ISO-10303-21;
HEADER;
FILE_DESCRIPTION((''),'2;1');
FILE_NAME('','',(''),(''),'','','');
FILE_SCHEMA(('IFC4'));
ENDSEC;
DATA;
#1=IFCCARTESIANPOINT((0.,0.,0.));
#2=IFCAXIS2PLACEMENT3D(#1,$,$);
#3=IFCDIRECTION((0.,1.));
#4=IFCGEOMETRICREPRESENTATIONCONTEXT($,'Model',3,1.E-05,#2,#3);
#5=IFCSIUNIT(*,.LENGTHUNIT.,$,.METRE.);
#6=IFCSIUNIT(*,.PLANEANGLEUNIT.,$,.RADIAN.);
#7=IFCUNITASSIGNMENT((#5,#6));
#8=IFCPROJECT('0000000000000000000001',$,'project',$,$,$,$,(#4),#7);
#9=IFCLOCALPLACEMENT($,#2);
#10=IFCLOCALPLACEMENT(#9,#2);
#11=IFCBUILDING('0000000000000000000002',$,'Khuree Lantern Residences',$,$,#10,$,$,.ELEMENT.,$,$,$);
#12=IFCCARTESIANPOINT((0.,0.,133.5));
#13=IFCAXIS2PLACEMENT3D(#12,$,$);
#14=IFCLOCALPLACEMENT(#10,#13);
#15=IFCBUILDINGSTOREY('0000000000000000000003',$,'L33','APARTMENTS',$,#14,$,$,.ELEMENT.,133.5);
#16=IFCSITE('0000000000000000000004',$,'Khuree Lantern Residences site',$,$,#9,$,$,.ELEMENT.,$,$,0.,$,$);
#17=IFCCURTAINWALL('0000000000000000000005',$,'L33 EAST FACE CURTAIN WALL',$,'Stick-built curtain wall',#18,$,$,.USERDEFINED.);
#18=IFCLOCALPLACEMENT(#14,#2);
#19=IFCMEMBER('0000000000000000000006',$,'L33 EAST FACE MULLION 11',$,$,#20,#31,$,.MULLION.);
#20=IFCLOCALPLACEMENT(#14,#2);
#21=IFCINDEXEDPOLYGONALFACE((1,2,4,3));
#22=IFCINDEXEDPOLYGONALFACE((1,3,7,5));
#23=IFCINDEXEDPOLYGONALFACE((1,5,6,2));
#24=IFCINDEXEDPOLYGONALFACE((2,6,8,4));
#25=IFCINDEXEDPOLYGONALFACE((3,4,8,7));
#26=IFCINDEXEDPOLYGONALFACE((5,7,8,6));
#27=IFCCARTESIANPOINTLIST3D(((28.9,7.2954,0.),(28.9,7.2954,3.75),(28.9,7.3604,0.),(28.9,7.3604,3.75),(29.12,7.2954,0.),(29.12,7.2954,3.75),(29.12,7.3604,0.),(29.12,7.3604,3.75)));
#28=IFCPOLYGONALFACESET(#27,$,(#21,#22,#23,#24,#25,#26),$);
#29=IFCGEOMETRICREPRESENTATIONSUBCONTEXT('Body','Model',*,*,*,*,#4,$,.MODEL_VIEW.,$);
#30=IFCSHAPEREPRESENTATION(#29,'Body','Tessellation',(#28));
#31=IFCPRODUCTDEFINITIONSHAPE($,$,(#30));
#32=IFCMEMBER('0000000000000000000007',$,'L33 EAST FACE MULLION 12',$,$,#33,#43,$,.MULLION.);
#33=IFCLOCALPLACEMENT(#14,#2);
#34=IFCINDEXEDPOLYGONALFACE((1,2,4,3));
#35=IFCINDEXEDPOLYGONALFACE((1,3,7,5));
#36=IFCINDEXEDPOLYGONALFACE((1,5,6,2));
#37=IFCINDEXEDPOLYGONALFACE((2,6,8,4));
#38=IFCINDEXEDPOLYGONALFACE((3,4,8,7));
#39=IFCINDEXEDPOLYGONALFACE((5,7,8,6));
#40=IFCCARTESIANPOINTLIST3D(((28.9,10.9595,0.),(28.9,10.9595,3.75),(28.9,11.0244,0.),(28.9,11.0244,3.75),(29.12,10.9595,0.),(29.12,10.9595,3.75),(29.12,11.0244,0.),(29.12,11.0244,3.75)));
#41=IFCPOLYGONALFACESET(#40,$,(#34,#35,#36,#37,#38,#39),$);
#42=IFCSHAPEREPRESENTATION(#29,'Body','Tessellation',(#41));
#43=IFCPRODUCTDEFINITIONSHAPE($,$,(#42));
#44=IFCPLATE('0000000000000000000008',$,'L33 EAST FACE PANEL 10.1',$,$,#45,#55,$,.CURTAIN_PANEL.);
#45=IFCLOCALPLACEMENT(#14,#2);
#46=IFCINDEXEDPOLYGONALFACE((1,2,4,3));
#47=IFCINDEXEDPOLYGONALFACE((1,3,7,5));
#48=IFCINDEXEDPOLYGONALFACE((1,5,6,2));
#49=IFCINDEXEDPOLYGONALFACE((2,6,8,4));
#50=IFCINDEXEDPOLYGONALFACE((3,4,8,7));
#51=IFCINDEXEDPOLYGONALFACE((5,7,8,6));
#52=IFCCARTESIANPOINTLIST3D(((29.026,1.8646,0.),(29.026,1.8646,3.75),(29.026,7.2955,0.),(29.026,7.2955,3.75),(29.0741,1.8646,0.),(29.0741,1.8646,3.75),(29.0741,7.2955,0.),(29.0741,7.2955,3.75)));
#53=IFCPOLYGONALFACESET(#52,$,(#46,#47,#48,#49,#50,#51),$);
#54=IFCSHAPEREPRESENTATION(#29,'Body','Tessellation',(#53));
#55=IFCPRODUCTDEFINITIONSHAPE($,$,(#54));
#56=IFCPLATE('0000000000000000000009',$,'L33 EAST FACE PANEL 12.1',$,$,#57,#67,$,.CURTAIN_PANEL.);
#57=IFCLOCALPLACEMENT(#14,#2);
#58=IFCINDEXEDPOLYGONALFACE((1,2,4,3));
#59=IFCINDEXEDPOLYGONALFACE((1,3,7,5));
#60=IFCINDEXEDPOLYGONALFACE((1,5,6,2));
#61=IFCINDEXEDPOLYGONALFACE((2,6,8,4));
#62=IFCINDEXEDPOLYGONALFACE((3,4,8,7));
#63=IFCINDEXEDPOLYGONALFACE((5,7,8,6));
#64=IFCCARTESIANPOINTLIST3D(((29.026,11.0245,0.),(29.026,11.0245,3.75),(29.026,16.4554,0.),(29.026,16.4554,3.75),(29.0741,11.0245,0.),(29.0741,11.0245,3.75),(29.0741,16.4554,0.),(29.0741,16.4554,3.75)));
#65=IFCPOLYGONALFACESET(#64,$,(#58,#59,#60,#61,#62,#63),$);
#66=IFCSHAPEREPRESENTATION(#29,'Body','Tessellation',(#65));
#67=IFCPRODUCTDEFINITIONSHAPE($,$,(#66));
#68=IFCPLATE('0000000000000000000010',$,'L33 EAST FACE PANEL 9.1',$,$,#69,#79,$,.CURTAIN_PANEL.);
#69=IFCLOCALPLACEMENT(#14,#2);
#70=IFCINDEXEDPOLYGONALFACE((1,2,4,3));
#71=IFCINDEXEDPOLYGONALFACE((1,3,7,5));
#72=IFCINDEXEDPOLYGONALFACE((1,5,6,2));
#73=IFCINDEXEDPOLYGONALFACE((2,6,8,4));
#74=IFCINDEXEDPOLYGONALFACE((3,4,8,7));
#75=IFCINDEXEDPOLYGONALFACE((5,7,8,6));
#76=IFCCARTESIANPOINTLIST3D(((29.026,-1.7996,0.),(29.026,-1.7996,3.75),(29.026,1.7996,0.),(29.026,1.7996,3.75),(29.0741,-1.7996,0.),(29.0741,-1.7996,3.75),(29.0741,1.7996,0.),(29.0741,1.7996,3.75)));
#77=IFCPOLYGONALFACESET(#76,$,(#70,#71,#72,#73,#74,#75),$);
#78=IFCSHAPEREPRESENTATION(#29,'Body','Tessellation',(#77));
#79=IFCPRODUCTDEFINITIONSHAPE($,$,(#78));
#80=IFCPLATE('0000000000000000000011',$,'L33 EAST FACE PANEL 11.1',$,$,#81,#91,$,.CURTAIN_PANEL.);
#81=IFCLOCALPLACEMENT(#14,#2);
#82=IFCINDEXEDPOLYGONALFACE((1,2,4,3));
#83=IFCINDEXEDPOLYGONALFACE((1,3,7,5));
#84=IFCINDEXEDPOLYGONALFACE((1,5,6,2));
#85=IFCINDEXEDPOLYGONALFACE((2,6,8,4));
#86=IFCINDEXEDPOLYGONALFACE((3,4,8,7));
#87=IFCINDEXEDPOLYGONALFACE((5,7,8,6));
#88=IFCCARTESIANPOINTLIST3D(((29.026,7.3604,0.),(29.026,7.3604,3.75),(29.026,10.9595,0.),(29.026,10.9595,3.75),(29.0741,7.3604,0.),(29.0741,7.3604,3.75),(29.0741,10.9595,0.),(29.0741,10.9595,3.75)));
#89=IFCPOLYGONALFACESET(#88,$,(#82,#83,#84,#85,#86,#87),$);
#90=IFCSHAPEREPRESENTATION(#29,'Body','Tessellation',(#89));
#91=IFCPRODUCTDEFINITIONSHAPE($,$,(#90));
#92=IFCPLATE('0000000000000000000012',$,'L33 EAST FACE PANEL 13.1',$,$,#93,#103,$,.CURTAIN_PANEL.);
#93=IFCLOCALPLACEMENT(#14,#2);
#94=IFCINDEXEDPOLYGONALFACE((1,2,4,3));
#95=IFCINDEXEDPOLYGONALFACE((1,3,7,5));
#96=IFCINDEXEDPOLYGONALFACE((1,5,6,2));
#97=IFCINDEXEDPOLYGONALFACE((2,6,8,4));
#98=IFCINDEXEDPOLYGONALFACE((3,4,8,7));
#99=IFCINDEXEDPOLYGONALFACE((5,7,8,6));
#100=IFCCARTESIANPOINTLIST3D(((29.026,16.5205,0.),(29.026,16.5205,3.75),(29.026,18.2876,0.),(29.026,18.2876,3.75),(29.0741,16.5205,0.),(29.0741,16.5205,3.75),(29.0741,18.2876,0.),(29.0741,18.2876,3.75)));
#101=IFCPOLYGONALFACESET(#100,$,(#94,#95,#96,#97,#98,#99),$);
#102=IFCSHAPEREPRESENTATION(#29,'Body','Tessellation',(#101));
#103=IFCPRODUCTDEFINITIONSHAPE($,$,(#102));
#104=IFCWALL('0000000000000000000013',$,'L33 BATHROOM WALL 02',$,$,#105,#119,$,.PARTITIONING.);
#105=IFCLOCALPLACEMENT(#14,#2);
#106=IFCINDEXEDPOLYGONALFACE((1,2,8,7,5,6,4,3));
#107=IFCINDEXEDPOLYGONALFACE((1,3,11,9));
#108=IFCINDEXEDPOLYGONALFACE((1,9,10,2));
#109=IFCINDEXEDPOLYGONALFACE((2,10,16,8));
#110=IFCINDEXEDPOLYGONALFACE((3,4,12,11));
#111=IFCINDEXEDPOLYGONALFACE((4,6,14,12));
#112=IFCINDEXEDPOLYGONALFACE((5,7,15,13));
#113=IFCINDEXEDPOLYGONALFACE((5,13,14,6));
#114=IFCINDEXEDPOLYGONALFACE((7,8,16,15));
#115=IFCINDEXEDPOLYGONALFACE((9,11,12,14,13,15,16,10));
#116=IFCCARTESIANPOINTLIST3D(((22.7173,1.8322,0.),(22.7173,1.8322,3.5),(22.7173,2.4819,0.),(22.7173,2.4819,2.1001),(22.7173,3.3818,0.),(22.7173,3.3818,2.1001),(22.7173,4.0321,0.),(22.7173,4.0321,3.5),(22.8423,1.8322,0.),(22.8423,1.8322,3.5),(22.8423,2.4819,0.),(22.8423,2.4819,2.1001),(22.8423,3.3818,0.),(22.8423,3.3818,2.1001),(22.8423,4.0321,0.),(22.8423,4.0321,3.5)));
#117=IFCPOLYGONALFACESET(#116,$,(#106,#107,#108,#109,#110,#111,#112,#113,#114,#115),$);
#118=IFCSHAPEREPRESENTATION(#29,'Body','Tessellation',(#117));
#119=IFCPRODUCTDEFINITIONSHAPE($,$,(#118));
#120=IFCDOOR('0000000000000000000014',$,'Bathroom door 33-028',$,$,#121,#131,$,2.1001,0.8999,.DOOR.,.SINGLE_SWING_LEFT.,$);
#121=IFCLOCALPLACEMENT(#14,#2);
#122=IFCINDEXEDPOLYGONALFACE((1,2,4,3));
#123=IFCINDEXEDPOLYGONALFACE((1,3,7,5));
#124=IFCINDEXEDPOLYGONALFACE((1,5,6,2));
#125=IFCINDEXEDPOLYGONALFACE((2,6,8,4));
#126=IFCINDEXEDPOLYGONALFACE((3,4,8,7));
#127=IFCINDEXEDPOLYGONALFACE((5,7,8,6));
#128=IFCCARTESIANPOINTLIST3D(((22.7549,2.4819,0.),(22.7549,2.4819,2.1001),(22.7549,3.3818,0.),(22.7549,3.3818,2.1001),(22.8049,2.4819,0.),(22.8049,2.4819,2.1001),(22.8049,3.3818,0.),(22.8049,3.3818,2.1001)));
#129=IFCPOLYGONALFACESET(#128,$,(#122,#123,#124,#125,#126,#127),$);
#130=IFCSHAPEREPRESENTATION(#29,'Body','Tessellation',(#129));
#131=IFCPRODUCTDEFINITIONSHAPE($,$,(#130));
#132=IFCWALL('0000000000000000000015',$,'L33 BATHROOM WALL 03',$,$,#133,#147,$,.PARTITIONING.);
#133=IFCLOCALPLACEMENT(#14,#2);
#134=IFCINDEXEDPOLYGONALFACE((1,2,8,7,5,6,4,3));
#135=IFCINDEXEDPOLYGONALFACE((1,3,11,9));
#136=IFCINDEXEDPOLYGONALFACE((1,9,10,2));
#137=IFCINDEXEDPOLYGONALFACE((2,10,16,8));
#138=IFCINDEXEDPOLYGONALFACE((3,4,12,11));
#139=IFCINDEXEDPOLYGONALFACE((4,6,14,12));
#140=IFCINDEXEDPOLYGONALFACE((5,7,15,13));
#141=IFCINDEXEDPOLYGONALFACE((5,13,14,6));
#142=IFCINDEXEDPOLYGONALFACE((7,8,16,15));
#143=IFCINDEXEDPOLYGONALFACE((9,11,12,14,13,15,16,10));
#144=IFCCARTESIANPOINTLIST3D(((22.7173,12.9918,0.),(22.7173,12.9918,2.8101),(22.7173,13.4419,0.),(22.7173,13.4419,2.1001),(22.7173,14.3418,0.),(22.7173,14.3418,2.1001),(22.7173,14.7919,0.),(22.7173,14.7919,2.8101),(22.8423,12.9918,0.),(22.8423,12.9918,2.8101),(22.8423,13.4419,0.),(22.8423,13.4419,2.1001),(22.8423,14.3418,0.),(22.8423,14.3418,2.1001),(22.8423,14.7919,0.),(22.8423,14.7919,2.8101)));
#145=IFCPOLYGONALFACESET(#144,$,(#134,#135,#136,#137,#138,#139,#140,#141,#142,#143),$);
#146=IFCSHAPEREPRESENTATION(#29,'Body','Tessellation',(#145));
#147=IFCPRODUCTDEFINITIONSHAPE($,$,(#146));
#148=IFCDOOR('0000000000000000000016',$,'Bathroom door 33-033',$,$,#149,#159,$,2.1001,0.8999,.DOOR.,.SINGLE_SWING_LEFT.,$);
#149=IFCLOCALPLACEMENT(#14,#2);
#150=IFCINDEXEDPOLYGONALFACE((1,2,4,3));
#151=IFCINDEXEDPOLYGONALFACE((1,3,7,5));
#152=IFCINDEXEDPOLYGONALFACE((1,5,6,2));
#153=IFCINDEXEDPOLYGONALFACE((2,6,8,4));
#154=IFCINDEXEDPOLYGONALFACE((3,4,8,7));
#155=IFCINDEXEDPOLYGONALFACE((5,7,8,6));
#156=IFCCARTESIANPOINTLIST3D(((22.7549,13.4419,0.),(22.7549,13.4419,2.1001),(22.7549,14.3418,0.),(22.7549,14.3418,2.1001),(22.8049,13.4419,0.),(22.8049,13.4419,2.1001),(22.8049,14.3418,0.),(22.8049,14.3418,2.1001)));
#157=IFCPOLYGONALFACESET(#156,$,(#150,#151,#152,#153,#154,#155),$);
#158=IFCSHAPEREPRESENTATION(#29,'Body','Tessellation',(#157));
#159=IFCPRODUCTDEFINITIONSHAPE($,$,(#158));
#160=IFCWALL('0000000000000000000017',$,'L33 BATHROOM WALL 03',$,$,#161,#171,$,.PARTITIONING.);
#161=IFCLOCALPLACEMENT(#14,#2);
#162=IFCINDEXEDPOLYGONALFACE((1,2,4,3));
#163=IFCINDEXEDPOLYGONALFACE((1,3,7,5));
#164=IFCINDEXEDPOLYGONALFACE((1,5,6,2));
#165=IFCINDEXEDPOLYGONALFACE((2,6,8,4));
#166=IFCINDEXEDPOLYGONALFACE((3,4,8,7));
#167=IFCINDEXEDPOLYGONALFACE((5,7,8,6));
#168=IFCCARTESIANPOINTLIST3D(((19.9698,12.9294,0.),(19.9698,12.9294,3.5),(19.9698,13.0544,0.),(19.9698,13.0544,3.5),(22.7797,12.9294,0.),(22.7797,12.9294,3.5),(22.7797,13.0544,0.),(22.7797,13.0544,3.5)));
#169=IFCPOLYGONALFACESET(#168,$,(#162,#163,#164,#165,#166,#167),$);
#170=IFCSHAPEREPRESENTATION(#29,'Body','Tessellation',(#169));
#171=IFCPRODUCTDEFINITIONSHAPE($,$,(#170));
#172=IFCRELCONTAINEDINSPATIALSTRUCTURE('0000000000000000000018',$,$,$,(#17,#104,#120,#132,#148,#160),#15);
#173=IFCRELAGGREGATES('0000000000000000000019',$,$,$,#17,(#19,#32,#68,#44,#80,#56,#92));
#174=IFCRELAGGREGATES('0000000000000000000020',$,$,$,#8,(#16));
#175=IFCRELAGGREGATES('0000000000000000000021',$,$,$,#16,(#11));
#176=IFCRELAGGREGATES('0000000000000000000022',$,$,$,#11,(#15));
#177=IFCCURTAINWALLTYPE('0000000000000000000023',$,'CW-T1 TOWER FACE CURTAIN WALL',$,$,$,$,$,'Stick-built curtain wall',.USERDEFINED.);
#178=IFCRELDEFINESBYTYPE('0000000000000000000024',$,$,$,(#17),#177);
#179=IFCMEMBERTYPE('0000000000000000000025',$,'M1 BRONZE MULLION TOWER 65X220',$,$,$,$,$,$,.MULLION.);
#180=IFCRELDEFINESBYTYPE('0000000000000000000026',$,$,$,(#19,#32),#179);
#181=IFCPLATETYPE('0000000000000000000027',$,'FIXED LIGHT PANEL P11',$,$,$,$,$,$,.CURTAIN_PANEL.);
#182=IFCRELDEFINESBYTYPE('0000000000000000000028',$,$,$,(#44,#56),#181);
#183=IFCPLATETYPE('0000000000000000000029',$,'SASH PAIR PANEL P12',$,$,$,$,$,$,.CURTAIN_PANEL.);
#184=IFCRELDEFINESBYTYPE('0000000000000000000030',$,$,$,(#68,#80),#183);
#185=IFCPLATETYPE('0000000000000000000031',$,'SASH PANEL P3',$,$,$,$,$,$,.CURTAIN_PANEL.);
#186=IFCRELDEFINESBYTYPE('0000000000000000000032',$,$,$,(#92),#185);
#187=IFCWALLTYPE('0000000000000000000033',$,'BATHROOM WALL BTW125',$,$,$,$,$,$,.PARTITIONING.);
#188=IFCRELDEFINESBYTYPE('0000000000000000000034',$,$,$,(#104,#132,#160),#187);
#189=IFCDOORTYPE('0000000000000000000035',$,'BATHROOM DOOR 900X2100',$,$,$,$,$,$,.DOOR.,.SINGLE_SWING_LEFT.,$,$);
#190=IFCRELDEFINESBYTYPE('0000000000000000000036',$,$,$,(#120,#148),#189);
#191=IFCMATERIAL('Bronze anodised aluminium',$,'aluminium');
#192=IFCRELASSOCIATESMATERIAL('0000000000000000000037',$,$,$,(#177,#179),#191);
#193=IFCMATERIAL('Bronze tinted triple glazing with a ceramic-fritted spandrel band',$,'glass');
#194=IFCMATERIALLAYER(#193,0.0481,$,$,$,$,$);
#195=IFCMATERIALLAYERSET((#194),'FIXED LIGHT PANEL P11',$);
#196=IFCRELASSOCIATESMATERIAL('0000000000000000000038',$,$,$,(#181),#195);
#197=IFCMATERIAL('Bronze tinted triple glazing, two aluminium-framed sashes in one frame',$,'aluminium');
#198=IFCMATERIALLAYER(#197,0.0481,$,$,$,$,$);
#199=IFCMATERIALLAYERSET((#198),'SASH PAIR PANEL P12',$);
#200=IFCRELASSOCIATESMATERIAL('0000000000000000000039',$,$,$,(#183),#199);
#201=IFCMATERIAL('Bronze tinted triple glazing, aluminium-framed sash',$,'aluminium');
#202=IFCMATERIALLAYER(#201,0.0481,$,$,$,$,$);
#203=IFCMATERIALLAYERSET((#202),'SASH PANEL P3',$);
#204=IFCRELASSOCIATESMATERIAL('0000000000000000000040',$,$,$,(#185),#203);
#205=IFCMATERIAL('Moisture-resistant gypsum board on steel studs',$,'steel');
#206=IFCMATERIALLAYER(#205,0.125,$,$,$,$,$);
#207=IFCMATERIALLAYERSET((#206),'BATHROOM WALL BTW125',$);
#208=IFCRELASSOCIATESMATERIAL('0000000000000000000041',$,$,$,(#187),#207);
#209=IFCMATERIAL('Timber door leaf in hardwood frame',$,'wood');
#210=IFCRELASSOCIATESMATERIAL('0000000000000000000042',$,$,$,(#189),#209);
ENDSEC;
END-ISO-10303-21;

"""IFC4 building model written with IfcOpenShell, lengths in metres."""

from ifc_helpers import new_model, si_unit, direction, frame, frame_2d, origin, origin_2d, place, context, subcontext, project, spatial, rectangle, extrude, material, layer, layer_set, material_profile, profile_set, type_object, element, fill, aggregate, save


model = new_model("IFC4")

# Units and contexts
model_context = context("Model", 3, precision=1e-05, world=origin(), true_north=direction((0.0, 1.0)))
body_context = subcontext(model_context, "Body", "Model", "MODEL_VIEW")
ifc_project = project(units=[si_unit("LENGTHUNIT", "METRE"), si_unit("PLANEANGLEUNIT", "RADIAN")], contexts=[model_context])

# Site, building, storey
site_placement = place(None, origin())
site = spatial("IfcSite", under=ifc_project, at=site_placement, Name="Khuree Lantern Residences site", CompositionType="ELEMENT", RefElevation=0.0)
building_placement = place(site_placement, origin())
building = spatial("IfcBuilding", under=site, at=building_placement, Name="Khuree Lantern Residences", CompositionType="ELEMENT")
storey_placement = place(building_placement, frame((0.0, 0.0, 133.5)))
storey = spatial("IfcBuildingStorey", under=building, at=storey_placement, Name="L33", Description="APARTMENTS", CompositionType="ELEMENT", Elevation=133.5)

# Curtain wall
ifc_material_1 = material(Name="Bronze anodised aluminium", Category="aluminium")
curtain_wall_type = type_object("IfcCurtainWallType", Name="CW-T1 TOWER FACE CURTAIN WALL", ElementType="Stick-built curtain wall", PredefinedType="USERDEFINED", material=ifc_material_1)
curtain_wall_placement = place(storey_placement, origin())
curtain_wall = element("IfcCurtainWall", 1, at=curtain_wall_placement, inside=storey, type_object=curtain_wall_type, Name="L33 EAST FACE CURTAIN WALL", ObjectType="Stick-built curtain wall", PredefinedType="USERDEFINED")

# Members
ifc_material_profile_1 = material_profile(ifc_material_1, rectangle(XDim=0.0649, YDim=0.22, at=origin_2d()), Name="M1 65X220")
ifc_profile_set_1 = profile_set([ifc_material_profile_1], Name="Bronze anodised aluminium")
member_type_1 = type_object("IfcMemberType", Name="M1 BRONZE MULLION TOWER 65X220", PredefinedType="MULLION", material=ifc_profile_set_1)
member_1_placement = place(storey_placement, frame((29.01, 7.3279, 0.0), z_axis=(0.0, 0.0, 1.0), x_axis=(0.0, 1.0, 0.0)))
member_1 = element("IfcMember", 2, at=member_1_placement, type_object=member_type_1, Name="L33 EAST FACE MULLION 11", PredefinedType="MULLION", context=body_context, shape_type="SweptSolid", body=[
    extrude(rectangle(XDim=0.0649, YDim=0.22, at=origin_2d()), origin(), (0.0, 0.0, 1.0), 3.75),
])
member_2_placement = place(storey_placement, frame((29.01, 10.9919, 0.0), z_axis=(0.0, 0.0, 1.0), x_axis=(0.0, 1.0, 0.0)))
member_2 = element("IfcMember", 3, at=member_2_placement, type_object=member_type_1, Name="L33 EAST FACE MULLION 12", PredefinedType="MULLION", context=body_context, shape_type="SweptSolid", body=[
    extrude(rectangle(XDim=0.0649, YDim=0.22, at=origin_2d()), origin(), (0.0, 0.0, 1.0), 3.75),
])

# Plates
ifc_material_2 = material(Name="Bronze tinted triple glazing with a ceramic-fritted spandrel band", Category="glass")
ifc_layer_1 = layer(ifc_material_2, 0.0481)
ifc_layer_set_1 = layer_set([ifc_layer_1], Name="FIXED LIGHT PANEL P11")
plate_type_1 = type_object("IfcPlateType", Name="FIXED LIGHT PANEL P11", PredefinedType="CURTAIN_PANEL", material=ifc_layer_set_1)
plate_1_placement = place(storey_placement, frame((29.05, 4.5801, 0.0), z_axis=(0.0, 0.0, 1.0), x_axis=(0.0, 1.0, 0.0)))
plate_1 = element("IfcPlate", 4, at=plate_1_placement, type_object=plate_type_1, Name="L33 EAST FACE PANEL 10.1", PredefinedType="CURTAIN_PANEL", context=body_context, shape_type="SweptSolid", body=[
    extrude(rectangle(XDim=5.4309, YDim=0.0481, at=origin_2d()), origin(), (0.0, 0.0, 1.0), 3.75),
])
plate_2_placement = place(storey_placement, frame((29.05, 13.74, 0.0), z_axis=(0.0, 0.0, 1.0), x_axis=(0.0, 1.0, 0.0)))
plate_2 = element("IfcPlate", 5, at=plate_2_placement, type_object=plate_type_1, Name="L33 EAST FACE PANEL 12.1", PredefinedType="CURTAIN_PANEL", context=body_context, shape_type="SweptSolid", body=[
    extrude(rectangle(XDim=5.4309, YDim=0.0481, at=origin_2d()), origin(), (0.0, 0.0, 1.0), 3.75),
])
ifc_material_3 = material(Name="Bronze tinted triple glazing, two aluminium-framed sashes in one frame", Category="aluminium")
ifc_layer_2 = layer(ifc_material_3, 0.0481)
ifc_layer_set_2 = layer_set([ifc_layer_2], Name="SASH PAIR PANEL P12")
plate_type_2 = type_object("IfcPlateType", Name="SASH PAIR PANEL P12", PredefinedType="CURTAIN_PANEL", material=ifc_layer_set_2)
plate_3_placement = place(storey_placement, frame((29.05, 0.0, 0.0), z_axis=(0.0, 0.0, 1.0), x_axis=(0.0, 1.0, 0.0)))
plate_3 = element("IfcPlate", 6, at=plate_3_placement, type_object=plate_type_2, Name="L33 EAST FACE PANEL 9.1", PredefinedType="CURTAIN_PANEL", context=body_context, shape_type="SweptSolid", body=[
    extrude(rectangle(XDim=3.5991, YDim=0.0481, at=origin_2d()), origin(), (0.0, 0.0, 1.0), 3.75),
])
plate_4_placement = place(storey_placement, frame((29.05, 9.1599, 0.0), z_axis=(0.0, 0.0, 1.0), x_axis=(0.0, 1.0, 0.0)))
plate_4 = element("IfcPlate", 7, at=plate_4_placement, type_object=plate_type_2, Name="L33 EAST FACE PANEL 11.1", PredefinedType="CURTAIN_PANEL", context=body_context, shape_type="SweptSolid", body=[
    extrude(rectangle(XDim=3.5991, YDim=0.0481, at=origin_2d()), origin(), (0.0, 0.0, 1.0), 3.75),
])
ifc_material_4 = material(Name="Bronze tinted triple glazing, aluminium-framed sash", Category="aluminium")
ifc_layer_3 = layer(ifc_material_4, 0.0481)
ifc_layer_set_3 = layer_set([ifc_layer_3], Name="SASH PANEL P3")
plate_type_3 = type_object("IfcPlateType", Name="SASH PANEL P3", PredefinedType="CURTAIN_PANEL", material=ifc_layer_set_3)
plate_5_placement = place(storey_placement, frame((29.05, 17.4041, 0.0), z_axis=(0.0, 0.0, 1.0), x_axis=(0.0, 1.0, 0.0)))
plate_5 = element("IfcPlate", 8, at=plate_5_placement, type_object=plate_type_3, Name="L33 EAST FACE PANEL 13.1", PredefinedType="CURTAIN_PANEL", context=body_context, shape_type="SweptSolid", body=[
    extrude(rectangle(XDim=1.7671, YDim=0.0481, at=origin_2d()), origin(), (0.0, 0.0, 1.0), 3.75),
])
aggregate(curtain_wall, [member_1, member_2, plate_3, plate_1, plate_4, plate_2, plate_5])

# Walls, openings, doors
ifc_material_5 = material(Name="Moisture-resistant gypsum board on steel studs", Category="steel")
ifc_layer_4 = layer(ifc_material_5, 0.125)
ifc_layer_set_4 = layer_set([ifc_layer_4], Name="BATHROOM WALL BTW125")
wall_type_1 = type_object("IfcWallType", Name="BATHROOM WALL BTW125", PredefinedType="PARTITIONING", material=ifc_layer_set_4)
wall_1_placement = place(storey_placement, frame((22.7798, 1.832, 0.0), z_axis=(0.0, 0.0, 1.0), x_axis=(0.0, 1.0, 0.0)))
wall_1 = element("IfcWall", 9, at=wall_1_placement, inside=storey, type_object=wall_type_1, Name="L33 BATHROOM WALL 02", PredefinedType="PARTITIONING", context=body_context, shape_type="SweptSolid", body=[
    extrude(rectangle(XDim=2.2, YDim=0.125, at=frame_2d((1.1001, 0.0))), origin(), (0.0, 0.0, 1.0), 3.5),
])
opening_1_placement = place(wall_1_placement, frame((0.6499, 0.0, 0.0)))
opening_1 = element("IfcOpeningElement", 10, at=opening_1_placement, cuts=wall_1, PredefinedType="OPENING", context=body_context, shape_type="SweptSolid", body=[
    extrude(rectangle(XDim=0.8999, YDim=2.1001, at=frame_2d((0.45, 1.05))), frame((0.0, 0.0725, 0.0), z_axis=(0.0, -1.0, 0.0), x_axis=(1.0, 0.0, 0.0)), (0.0, 0.0, 1.0), 0.145),
])
ifc_material_6 = material(Name="Timber door leaf in hardwood frame", Category="wood")
door_type_1 = type_object("IfcDoorType", Name="BATHROOM DOOR 900X2100", OperationType="SINGLE_SWING_LEFT", PredefinedType="DOOR", material=ifc_material_6)
door_1_placement = place(opening_1_placement, origin())
door_1 = element("IfcDoor", 11, at=door_1_placement, inside=storey, type_object=door_type_1, Name="Bathroom door 33-028", OperationType="SINGLE_SWING_LEFT", OverallHeight=2.1001, OverallWidth=0.8999, PredefinedType="DOOR", context=body_context, shape_type="SweptSolid", body=[
    extrude(rectangle(XDim=0.8999, YDim=2.1001, at=frame_2d((0.45, 1.05))), frame((0.0, 0.0249, 0.0), z_axis=(0.0, -1.0, 0.0), x_axis=(1.0, 0.0, 0.0)), (0.0, 0.0, 1.0), 0.05),
])
fill(opening_1, door_1)
wall_2_placement = place(storey_placement, frame((22.7798, 12.9919, 0.0), z_axis=(0.0, 0.0, 1.0), x_axis=(0.0, 1.0, 0.0)))
wall_2 = element("IfcWall", 12, at=wall_2_placement, inside=storey, type_object=wall_type_1, Name="L33 BATHROOM WALL 03", PredefinedType="PARTITIONING", context=body_context, shape_type="SweptSolid", body=[
    extrude(rectangle(XDim=1.8, YDim=0.125, at=frame_2d((0.8999, 0.0))), origin(), (0.0, 0.0, 1.0), 2.8101),
])
opening_2_placement = place(wall_2_placement, frame((0.45, 0.0, 0.0)))
opening_2 = element("IfcOpeningElement", 13, at=opening_2_placement, cuts=wall_2, PredefinedType="OPENING", context=body_context, shape_type="SweptSolid", body=[
    extrude(rectangle(XDim=0.8999, YDim=2.1001, at=frame_2d((0.45, 1.05))), frame((0.0, 0.0725, 0.0), z_axis=(0.0, -1.0, 0.0), x_axis=(1.0, 0.0, 0.0)), (0.0, 0.0, 1.0), 0.145),
])
door_2_placement = place(opening_2_placement, origin())
door_2 = element("IfcDoor", 14, at=door_2_placement, inside=storey, type_object=door_type_1, Name="Bathroom door 33-033", OperationType="SINGLE_SWING_LEFT", OverallHeight=2.1001, OverallWidth=0.8999, PredefinedType="DOOR", context=body_context, shape_type="SweptSolid", body=[
    extrude(rectangle(XDim=0.8999, YDim=2.1001, at=frame_2d((0.45, 1.05))), frame((0.0, 0.0249, 0.0), z_axis=(0.0, -1.0, 0.0), x_axis=(1.0, 0.0, 0.0)), (0.0, 0.0, 1.0), 0.05),
])
fill(opening_2, door_2)

# Wall
wall_3_placement = place(storey_placement, frame((19.97, 12.9919, 0.0), z_axis=(0.0, 0.0, 1.0), x_axis=(1.0, 0.0, 0.0)))
element("IfcWall", 15, at=wall_3_placement, inside=storey, type_object=wall_type_1, Name="L33 BATHROOM WALL 03", PredefinedType="PARTITIONING", context=body_context, shape_type="SweptSolid", body=[
    extrude(rectangle(XDim=2.8098, YDim=0.125, at=frame_2d((1.4048, 0.0))), origin(), (0.0, 0.0, 1.0), 3.5),
])

save(model, "model.ifc")
